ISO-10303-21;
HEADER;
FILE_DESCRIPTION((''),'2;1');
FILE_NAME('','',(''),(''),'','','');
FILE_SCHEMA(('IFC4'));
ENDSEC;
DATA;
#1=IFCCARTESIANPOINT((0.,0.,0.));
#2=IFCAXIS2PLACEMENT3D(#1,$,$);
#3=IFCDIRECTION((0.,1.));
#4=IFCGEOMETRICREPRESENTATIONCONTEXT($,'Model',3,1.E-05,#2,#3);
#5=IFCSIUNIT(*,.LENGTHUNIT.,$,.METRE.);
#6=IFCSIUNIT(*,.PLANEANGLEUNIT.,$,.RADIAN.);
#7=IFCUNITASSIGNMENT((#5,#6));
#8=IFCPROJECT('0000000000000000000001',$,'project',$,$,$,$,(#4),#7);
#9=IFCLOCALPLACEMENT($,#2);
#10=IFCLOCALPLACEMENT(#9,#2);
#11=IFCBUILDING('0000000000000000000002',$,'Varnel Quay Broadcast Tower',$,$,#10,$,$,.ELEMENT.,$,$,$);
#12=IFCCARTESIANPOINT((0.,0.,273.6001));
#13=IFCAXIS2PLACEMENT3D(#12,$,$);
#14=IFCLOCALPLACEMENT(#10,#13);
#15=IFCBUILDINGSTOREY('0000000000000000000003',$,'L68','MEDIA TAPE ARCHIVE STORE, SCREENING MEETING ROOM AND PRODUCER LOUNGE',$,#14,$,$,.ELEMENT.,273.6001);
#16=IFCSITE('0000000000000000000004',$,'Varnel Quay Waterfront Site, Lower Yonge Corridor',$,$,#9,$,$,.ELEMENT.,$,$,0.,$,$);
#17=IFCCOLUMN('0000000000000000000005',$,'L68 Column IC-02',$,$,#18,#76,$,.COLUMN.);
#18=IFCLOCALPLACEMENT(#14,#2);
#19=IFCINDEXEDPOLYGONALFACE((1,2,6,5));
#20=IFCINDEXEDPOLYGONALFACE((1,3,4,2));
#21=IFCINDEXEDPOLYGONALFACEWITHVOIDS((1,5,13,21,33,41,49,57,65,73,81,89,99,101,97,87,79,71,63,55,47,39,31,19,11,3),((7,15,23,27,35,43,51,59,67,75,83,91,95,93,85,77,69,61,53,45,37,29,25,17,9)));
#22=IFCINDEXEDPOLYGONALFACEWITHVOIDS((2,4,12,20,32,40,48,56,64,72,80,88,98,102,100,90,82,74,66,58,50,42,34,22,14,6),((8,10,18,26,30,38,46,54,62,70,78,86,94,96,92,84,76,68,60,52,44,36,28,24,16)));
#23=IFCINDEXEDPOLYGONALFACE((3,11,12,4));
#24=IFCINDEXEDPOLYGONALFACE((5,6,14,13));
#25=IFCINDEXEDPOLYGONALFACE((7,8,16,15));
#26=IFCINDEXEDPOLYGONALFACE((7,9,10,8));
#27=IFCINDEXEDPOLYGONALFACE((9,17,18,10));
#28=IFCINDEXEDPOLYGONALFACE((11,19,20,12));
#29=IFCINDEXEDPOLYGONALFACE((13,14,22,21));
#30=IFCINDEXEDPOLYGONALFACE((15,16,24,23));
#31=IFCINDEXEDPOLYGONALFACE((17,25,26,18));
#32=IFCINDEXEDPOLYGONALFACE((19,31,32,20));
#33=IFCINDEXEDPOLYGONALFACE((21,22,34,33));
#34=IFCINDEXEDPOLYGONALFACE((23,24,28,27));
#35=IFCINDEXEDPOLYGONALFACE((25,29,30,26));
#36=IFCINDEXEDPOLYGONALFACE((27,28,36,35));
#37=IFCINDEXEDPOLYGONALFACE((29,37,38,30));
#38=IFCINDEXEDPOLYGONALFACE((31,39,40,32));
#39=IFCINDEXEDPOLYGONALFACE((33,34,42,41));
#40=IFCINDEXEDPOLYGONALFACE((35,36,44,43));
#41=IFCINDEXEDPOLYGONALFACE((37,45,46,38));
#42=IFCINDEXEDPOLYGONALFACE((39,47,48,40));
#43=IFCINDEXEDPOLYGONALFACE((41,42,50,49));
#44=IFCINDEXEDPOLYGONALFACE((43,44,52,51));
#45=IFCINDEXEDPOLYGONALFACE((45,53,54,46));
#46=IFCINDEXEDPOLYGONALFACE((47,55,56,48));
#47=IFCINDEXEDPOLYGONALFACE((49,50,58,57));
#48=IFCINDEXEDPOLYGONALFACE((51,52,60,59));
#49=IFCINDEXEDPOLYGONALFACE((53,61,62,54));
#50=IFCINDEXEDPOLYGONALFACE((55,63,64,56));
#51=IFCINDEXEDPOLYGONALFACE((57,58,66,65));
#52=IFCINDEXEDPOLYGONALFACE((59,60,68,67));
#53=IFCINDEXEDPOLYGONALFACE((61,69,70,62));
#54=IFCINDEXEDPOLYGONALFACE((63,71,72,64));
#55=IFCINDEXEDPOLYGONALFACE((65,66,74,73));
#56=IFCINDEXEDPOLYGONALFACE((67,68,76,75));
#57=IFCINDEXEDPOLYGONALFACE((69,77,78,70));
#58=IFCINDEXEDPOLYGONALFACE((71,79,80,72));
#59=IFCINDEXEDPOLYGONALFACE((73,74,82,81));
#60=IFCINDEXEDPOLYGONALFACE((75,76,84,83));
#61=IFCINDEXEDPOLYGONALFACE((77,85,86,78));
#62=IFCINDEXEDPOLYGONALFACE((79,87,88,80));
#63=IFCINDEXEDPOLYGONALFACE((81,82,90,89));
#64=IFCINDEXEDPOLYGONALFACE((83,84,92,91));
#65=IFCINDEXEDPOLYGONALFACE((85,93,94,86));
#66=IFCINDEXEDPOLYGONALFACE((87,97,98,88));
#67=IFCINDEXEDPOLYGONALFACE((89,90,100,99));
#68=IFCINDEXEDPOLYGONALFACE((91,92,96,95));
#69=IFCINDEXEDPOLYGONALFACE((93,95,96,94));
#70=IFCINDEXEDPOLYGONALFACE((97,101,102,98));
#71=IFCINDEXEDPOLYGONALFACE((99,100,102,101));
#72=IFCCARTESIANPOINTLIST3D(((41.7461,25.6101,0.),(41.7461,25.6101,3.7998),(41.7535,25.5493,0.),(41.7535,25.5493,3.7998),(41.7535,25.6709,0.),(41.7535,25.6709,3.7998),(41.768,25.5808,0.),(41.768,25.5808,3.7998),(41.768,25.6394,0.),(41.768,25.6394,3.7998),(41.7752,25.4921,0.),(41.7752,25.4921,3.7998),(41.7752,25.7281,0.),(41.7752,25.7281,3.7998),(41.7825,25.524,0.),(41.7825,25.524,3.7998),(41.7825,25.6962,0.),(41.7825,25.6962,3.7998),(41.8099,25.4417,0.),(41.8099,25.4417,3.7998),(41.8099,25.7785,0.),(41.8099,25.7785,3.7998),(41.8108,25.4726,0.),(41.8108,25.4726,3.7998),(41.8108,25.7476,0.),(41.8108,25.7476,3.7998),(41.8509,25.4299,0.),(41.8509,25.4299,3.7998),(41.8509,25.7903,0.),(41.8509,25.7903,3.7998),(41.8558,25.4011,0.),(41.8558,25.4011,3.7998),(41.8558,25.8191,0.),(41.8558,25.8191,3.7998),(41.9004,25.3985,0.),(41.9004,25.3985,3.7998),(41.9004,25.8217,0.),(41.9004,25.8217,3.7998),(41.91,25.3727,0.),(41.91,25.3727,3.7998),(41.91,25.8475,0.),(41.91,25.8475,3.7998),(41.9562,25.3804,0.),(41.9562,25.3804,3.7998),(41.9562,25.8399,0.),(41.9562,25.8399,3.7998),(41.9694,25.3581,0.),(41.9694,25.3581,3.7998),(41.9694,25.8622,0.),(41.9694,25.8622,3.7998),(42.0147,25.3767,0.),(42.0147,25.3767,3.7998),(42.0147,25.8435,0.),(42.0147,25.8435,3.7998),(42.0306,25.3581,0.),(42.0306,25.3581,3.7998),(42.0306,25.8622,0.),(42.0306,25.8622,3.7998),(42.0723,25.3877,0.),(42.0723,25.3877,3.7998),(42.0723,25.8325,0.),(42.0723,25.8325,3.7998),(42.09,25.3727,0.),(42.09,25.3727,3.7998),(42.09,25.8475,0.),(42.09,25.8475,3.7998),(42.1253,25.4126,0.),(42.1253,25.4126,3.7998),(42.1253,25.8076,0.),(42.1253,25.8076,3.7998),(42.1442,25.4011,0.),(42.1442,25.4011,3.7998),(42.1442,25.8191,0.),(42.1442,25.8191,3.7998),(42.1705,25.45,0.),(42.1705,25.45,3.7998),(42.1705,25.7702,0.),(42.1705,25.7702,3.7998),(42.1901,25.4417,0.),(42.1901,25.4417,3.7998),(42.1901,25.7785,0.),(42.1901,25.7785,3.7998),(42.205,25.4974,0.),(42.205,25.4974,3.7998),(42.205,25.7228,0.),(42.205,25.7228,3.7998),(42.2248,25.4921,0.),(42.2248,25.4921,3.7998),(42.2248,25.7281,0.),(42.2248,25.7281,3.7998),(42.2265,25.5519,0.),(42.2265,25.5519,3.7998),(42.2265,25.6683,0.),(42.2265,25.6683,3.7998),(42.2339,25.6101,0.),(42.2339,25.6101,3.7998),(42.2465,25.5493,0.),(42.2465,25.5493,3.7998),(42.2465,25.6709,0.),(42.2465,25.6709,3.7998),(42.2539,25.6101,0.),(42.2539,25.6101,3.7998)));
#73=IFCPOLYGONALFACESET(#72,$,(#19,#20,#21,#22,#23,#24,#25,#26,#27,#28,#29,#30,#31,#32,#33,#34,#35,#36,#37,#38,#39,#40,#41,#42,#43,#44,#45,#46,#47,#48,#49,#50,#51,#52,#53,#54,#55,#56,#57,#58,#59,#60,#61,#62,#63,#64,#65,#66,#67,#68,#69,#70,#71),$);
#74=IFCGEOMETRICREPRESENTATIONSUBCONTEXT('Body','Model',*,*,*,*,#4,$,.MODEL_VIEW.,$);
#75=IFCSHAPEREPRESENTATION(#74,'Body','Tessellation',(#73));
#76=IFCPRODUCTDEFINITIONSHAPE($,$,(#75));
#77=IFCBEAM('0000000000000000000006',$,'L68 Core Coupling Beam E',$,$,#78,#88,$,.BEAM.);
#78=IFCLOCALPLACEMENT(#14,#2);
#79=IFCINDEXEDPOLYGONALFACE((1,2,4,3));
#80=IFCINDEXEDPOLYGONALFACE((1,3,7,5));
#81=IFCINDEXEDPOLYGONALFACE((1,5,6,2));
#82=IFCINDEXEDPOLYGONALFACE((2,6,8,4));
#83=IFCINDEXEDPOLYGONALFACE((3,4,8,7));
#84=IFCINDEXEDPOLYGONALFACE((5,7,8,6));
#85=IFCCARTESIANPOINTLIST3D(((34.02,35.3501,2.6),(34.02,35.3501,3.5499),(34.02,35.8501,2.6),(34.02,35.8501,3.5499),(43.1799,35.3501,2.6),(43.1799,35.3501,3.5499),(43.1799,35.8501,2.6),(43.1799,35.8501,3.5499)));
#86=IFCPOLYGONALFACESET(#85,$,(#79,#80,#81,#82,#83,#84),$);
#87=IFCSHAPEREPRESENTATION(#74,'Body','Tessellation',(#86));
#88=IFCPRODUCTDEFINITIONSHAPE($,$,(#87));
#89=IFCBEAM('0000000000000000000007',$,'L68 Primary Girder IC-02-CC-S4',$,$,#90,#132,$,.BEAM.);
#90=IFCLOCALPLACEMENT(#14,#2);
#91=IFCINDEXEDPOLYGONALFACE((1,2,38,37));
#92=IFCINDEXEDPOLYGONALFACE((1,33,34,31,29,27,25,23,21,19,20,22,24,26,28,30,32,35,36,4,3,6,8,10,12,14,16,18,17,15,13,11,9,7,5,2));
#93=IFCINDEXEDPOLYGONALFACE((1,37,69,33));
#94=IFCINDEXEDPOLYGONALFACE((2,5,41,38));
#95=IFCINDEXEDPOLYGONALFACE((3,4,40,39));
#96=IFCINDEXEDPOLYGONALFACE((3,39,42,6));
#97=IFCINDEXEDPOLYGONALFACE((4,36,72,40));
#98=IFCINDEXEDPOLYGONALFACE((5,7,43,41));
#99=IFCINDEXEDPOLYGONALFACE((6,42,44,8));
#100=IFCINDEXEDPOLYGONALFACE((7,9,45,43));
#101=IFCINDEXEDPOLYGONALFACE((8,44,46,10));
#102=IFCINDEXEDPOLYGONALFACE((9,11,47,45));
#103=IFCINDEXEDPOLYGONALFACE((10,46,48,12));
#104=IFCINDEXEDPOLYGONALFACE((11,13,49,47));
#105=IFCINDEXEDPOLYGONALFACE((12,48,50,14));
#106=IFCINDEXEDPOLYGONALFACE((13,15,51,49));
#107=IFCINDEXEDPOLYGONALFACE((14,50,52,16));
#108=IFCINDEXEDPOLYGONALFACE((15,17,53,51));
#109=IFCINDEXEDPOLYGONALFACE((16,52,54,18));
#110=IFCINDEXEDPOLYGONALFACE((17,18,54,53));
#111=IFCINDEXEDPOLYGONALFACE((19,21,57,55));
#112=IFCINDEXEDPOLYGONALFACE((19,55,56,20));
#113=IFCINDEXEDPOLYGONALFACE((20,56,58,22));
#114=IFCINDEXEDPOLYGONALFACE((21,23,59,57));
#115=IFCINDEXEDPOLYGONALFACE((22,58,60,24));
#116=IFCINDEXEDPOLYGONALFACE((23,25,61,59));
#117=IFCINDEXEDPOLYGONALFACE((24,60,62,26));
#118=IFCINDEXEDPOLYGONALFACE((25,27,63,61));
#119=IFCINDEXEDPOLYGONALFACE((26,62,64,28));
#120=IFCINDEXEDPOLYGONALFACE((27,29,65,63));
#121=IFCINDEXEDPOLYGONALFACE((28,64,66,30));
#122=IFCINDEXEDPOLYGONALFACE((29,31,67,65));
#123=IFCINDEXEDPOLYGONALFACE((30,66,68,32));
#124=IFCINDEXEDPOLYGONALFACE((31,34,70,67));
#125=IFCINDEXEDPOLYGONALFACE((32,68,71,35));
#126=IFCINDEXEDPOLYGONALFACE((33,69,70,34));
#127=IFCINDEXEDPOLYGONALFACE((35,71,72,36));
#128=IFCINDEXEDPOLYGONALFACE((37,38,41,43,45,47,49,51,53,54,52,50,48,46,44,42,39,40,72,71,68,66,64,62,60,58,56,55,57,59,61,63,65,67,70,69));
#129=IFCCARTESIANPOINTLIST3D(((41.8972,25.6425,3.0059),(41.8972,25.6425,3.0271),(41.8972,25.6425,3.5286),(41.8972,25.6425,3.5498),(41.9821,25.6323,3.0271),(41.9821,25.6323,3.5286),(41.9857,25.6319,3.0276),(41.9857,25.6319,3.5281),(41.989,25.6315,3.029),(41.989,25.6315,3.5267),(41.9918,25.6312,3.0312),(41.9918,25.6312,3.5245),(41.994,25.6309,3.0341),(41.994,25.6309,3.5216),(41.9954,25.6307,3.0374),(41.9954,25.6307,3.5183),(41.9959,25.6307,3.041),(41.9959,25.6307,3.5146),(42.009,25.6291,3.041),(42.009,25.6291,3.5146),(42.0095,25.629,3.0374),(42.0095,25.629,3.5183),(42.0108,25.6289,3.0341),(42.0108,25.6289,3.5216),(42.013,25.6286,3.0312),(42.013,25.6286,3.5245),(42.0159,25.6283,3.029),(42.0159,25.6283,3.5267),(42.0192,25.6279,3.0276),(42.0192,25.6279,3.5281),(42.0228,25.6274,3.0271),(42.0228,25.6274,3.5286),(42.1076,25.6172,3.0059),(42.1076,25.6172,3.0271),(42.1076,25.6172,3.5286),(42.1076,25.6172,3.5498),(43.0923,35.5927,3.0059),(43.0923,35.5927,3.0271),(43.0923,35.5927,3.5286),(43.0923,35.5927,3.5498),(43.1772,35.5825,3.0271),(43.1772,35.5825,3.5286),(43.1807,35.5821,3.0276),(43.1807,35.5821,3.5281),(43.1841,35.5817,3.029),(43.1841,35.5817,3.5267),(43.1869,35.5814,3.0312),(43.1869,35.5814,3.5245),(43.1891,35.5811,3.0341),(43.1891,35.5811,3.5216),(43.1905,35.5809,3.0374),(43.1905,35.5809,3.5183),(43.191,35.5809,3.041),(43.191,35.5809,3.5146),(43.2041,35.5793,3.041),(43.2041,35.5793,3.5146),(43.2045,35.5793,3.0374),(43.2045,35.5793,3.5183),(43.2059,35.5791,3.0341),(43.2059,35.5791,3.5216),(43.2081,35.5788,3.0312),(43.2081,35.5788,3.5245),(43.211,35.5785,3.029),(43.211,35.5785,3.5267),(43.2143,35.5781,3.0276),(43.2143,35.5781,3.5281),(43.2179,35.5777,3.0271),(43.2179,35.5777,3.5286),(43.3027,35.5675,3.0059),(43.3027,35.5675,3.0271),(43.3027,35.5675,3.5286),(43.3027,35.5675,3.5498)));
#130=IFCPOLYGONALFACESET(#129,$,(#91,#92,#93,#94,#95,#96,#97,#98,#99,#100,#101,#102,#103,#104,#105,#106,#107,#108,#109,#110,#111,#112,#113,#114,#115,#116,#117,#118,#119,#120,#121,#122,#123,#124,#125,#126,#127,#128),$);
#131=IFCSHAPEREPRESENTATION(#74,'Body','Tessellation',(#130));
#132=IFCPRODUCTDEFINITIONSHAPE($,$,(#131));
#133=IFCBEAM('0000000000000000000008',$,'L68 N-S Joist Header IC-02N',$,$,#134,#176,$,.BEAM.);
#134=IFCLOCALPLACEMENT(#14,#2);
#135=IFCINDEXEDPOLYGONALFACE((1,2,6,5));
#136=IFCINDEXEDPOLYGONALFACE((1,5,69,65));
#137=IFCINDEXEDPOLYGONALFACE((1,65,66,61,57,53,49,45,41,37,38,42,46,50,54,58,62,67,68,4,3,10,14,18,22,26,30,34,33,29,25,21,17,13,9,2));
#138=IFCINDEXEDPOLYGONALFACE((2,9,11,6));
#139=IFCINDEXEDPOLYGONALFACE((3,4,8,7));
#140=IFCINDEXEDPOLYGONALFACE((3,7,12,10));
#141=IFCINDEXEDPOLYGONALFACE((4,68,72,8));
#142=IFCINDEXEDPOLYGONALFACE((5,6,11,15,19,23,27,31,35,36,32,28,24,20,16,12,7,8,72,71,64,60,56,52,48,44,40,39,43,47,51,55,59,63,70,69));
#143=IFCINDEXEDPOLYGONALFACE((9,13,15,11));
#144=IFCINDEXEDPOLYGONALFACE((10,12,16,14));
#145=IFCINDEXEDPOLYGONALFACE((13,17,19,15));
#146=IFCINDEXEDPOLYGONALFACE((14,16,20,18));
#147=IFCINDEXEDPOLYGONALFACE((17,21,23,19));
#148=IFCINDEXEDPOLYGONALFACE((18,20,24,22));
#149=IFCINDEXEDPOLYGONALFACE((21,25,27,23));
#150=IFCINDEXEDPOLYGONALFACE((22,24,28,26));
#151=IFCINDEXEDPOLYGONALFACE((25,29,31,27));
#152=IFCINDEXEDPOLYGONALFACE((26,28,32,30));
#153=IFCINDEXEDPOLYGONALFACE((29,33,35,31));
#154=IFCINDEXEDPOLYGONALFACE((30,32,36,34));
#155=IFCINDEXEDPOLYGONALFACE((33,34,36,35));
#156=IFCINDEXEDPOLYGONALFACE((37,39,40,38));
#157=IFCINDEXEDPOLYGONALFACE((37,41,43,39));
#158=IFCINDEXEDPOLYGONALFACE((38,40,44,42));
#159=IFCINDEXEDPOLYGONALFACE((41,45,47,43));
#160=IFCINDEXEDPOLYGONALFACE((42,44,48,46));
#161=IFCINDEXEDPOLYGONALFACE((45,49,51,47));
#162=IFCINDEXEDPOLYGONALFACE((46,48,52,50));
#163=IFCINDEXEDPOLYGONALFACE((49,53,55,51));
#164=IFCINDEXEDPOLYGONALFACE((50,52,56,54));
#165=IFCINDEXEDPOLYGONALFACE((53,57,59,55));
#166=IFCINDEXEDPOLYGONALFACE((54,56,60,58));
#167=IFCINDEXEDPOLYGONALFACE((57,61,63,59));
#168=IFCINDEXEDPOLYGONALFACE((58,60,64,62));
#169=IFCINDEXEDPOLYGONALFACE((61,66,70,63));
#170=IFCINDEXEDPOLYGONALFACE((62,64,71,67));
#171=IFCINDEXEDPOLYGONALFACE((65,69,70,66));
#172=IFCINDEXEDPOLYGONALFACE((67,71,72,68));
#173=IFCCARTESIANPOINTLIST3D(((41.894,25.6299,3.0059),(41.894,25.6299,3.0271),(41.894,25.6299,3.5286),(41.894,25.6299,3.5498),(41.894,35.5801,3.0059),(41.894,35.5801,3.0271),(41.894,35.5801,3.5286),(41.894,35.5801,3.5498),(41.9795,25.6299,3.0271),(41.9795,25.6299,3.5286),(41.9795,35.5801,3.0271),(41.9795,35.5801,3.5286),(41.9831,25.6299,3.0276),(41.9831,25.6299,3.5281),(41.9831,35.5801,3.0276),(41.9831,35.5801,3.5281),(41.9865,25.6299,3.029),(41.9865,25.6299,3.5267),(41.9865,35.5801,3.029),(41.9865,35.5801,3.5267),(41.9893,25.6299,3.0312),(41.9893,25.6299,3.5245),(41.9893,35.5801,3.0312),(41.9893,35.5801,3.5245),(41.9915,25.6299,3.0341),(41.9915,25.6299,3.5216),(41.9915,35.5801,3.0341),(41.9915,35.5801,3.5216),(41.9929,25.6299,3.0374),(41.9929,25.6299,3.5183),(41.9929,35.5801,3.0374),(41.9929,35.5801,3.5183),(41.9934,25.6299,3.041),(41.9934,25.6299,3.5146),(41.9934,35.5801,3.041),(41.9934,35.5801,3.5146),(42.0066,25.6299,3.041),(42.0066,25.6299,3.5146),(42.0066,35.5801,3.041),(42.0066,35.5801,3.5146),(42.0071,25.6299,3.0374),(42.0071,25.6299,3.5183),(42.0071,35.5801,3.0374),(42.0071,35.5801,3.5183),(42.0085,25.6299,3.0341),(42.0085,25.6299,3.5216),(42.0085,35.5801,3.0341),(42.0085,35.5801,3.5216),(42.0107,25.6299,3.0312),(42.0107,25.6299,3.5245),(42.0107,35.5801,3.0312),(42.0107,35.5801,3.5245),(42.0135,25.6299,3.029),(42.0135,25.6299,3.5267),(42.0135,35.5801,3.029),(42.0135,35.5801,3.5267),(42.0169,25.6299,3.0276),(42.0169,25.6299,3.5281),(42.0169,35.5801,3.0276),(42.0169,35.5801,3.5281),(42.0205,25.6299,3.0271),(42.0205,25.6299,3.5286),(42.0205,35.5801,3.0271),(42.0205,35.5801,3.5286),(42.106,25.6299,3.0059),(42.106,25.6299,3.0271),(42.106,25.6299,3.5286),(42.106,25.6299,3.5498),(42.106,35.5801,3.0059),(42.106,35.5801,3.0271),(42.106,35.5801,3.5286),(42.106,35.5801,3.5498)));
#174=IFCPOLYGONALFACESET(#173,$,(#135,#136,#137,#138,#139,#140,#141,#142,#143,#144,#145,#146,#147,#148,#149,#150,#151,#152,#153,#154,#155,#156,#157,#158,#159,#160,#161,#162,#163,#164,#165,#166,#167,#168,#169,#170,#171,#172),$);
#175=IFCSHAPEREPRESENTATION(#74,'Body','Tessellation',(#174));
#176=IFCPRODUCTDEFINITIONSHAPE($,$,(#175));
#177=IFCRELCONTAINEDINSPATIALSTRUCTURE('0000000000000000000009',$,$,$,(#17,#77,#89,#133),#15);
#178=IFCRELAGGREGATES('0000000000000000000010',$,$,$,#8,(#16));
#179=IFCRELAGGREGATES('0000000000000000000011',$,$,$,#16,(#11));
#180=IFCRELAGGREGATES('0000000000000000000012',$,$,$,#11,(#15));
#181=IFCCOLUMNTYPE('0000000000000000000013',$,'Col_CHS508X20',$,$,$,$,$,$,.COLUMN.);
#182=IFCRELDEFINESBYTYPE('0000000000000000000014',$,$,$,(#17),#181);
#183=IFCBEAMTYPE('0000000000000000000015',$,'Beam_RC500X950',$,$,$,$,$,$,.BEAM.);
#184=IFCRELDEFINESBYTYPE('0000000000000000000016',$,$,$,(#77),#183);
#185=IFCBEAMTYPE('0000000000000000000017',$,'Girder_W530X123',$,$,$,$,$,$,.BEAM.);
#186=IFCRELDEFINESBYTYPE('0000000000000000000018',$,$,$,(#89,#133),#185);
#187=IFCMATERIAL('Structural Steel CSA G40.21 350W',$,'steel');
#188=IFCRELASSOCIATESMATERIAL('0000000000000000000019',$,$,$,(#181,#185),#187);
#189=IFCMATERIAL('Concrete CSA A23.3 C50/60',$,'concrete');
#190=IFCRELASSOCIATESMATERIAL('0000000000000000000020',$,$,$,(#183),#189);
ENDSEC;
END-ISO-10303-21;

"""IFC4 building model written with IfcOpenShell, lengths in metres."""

from ifc_helpers import new_model, si_unit, direction, frame, origin, origin_2d, place, context, subcontext, project, spatial, rectangle, hollow_circle, i_section, extrude, source, transform, mapped, material, material_profile, profile_set, type_object, type_shapes, element, save


model = new_model("IFC4")

# Units and contexts
model_context = context("Model", 3, precision=1e-05, world=origin(), true_north=direction((0.0, 1.0)))
body_context = subcontext(model_context, "Body", "Model", "MODEL_VIEW")
ifc_project = project(units=[si_unit("LENGTHUNIT", "METRE"), si_unit("PLANEANGLEUNIT", "RADIAN")], contexts=[model_context])

# Site, building, storey
site_placement = place(None, origin())
site = spatial("IfcSite", under=ifc_project, at=site_placement, Name="Varnel Quay Waterfront Site, Lower Yonge Corridor", CompositionType="ELEMENT", RefElevation=0.0)
building_placement = place(site_placement, origin())
building = spatial("IfcBuilding", under=site, at=building_placement, Name="Varnel Quay Broadcast Tower", CompositionType="ELEMENT")
storey_placement = place(building_placement, frame((0.0, 0.0, 273.6001)))
storey = spatial("IfcBuildingStorey", under=building, at=storey_placement, Name="L68", Description="MEDIA TAPE ARCHIVE STORE, SCREENING MEETING ROOM AND PRODUCER LOUNGE", CompositionType="ELEMENT", Elevation=273.6001)

# Column
ifc_material_1 = material(Name="Structural Steel CSA G40.21 350W", Category="steel")
ifc_material_profile_1 = material_profile(ifc_material_1, hollow_circle(Radius=0.2539, WallThickness=0.02, at=origin_2d()), Name="CHS508X20")
ifc_profile_set_1 = profile_set([ifc_material_profile_1], Name="Structural Steel CSA G40.21 350W")
column_type_1 = type_object("IfcColumnType", Name="Col_CHS508X20", PredefinedType="COLUMN", material=ifc_profile_set_1)
shared_shape_1 = source(origin(), body_context, "Body", "SweptSolid", [
    extrude(hollow_circle(Radius=0.2539, WallThickness=0.02, at=origin_2d()), origin(), (0.0, 0.0, 1.0), 3.7998),
])
type_shapes(column_type_1, [shared_shape_1])
column_placement = place(storey_placement, frame((42.0, 25.6101, 0.0), z_axis=(0.0, 0.0, 1.0), x_axis=(1.0, 0.0, 0.0)))
element("IfcColumn", 1, at=column_placement, inside=storey, type_object=column_type_1, Name="L68 Column IC-02", PredefinedType="COLUMN", context=body_context, shape_type="MappedRepresentation", body=[
    mapped(shared_shape_1, transform((0.0, 0.0, 0.0), x_axis=(1.0, 0.0, 0.0), y_axis=(0.0, 1.0, 0.0), z_axis=(0.0, 0.0, 1.0), scale=1.0)),
])

# Beams
ifc_material_2 = material(Name="Concrete CSA A23.3 C50/60", Category="concrete")
ifc_material_profile_2 = material_profile(ifc_material_2, rectangle(XDim=0.5, YDim=0.95, at=origin_2d()), Name="RC500X950")
ifc_profile_set_2 = profile_set([ifc_material_profile_2], Name="Concrete CSA A23.3 C50/60")
beam_type_1 = type_object("IfcBeamType", Name="Beam_RC500X950", PredefinedType="BEAM", material=ifc_profile_set_2)
shared_shape_2 = source(origin(), body_context, "Body", "SweptSolid", [
    extrude(rectangle(XDim=0.5, YDim=0.95, at=origin_2d()), origin(), (0.0, 0.0, 1.0), 9.1599),
])
type_shapes(beam_type_1, [shared_shape_2])
beam_1_placement = place(storey_placement, frame((34.02, 35.6001, 3.075), z_axis=(1.0, 0.0, 0.0), x_axis=(0.0, 1.0, 0.0)))
element("IfcBeam", 2, at=beam_1_placement, inside=storey, type_object=beam_type_1, Name="L68 Core Coupling Beam E", PredefinedType="BEAM", context=body_context, shape_type="MappedRepresentation", body=[
    mapped(shared_shape_2, transform((0.0, 0.0, 0.0), x_axis=(1.0, 0.0, 0.0), y_axis=(0.0, 1.0, 0.0), z_axis=(0.0, 0.0, 1.0), scale=1.0)),
])
ifc_material_profile_3 = material_profile(ifc_material_1, i_section(OverallWidth=0.2119, OverallDepth=0.5439, WebThickness=0.0132, FlangeThickness=0.0212, FilletRadius=0.0139, at=origin_2d()), Name="W530X123")
ifc_profile_set_3 = profile_set([ifc_material_profile_3], Name="Structural Steel CSA G40.21 350W")
beam_type_2 = type_object("IfcBeamType", Name="Girder_W530X123", PredefinedType="BEAM", material=ifc_profile_set_3)
shared_shape_3 = source(origin(), body_context, "Body", "SweptSolid", [
    extrude(i_section(OverallWidth=0.2119, OverallDepth=0.5439, WebThickness=0.0132, FlangeThickness=0.0212, FilletRadius=0.0139, at=origin_2d()), origin(), (0.0, 0.0, 1.0), 10.0217),
])
beam_2_placement = place(storey_placement, frame((42.0024, 25.6299, 3.2778), z_axis=(0.119248, 0.992864, 0.0), x_axis=(-0.992864, 0.119248, 0.0)))
element("IfcBeam", 3, at=beam_2_placement, inside=storey, type_object=beam_type_2, Name="L68 Primary Girder IC-02-CC-S4", PredefinedType="BEAM", context=body_context, shape_type="MappedRepresentation", body=[
    mapped(shared_shape_3, transform((0.0, 0.0, 0.0), x_axis=(1.0, 0.0, 0.0), y_axis=(0.0, 1.0, 0.0), z_axis=(0.0, 0.0, 1.0), scale=1.0)),
])
shared_shape_4 = source(origin(), body_context, "Body", "SweptSolid", [
    extrude(i_section(OverallWidth=0.2119, OverallDepth=0.5439, WebThickness=0.0132, FlangeThickness=0.0212, FilletRadius=0.0139, at=origin_2d()), origin(), (0.0, 0.0, 1.0), 9.9502),
])
type_shapes(beam_type_2, [shared_shape_3, shared_shape_4])
beam_3_placement = place(storey_placement, frame((42.0, 25.6299, 3.2778), z_axis=(0.0, 1.0, 0.0), x_axis=(-1.0, 0.0, 0.0)))
element("IfcBeam", 4, at=beam_3_placement, inside=storey, type_object=beam_type_2, Name="L68 N-S Joist Header IC-02N", PredefinedType="BEAM", context=body_context, shape_type="MappedRepresentation", body=[
    mapped(shared_shape_4, transform((0.0, 0.0, 0.0), x_axis=(1.0, 0.0, 0.0), y_axis=(0.0, 1.0, 0.0), z_axis=(0.0, 0.0, 1.0), scale=1.0)),
])

save(model, "model.ifc")
